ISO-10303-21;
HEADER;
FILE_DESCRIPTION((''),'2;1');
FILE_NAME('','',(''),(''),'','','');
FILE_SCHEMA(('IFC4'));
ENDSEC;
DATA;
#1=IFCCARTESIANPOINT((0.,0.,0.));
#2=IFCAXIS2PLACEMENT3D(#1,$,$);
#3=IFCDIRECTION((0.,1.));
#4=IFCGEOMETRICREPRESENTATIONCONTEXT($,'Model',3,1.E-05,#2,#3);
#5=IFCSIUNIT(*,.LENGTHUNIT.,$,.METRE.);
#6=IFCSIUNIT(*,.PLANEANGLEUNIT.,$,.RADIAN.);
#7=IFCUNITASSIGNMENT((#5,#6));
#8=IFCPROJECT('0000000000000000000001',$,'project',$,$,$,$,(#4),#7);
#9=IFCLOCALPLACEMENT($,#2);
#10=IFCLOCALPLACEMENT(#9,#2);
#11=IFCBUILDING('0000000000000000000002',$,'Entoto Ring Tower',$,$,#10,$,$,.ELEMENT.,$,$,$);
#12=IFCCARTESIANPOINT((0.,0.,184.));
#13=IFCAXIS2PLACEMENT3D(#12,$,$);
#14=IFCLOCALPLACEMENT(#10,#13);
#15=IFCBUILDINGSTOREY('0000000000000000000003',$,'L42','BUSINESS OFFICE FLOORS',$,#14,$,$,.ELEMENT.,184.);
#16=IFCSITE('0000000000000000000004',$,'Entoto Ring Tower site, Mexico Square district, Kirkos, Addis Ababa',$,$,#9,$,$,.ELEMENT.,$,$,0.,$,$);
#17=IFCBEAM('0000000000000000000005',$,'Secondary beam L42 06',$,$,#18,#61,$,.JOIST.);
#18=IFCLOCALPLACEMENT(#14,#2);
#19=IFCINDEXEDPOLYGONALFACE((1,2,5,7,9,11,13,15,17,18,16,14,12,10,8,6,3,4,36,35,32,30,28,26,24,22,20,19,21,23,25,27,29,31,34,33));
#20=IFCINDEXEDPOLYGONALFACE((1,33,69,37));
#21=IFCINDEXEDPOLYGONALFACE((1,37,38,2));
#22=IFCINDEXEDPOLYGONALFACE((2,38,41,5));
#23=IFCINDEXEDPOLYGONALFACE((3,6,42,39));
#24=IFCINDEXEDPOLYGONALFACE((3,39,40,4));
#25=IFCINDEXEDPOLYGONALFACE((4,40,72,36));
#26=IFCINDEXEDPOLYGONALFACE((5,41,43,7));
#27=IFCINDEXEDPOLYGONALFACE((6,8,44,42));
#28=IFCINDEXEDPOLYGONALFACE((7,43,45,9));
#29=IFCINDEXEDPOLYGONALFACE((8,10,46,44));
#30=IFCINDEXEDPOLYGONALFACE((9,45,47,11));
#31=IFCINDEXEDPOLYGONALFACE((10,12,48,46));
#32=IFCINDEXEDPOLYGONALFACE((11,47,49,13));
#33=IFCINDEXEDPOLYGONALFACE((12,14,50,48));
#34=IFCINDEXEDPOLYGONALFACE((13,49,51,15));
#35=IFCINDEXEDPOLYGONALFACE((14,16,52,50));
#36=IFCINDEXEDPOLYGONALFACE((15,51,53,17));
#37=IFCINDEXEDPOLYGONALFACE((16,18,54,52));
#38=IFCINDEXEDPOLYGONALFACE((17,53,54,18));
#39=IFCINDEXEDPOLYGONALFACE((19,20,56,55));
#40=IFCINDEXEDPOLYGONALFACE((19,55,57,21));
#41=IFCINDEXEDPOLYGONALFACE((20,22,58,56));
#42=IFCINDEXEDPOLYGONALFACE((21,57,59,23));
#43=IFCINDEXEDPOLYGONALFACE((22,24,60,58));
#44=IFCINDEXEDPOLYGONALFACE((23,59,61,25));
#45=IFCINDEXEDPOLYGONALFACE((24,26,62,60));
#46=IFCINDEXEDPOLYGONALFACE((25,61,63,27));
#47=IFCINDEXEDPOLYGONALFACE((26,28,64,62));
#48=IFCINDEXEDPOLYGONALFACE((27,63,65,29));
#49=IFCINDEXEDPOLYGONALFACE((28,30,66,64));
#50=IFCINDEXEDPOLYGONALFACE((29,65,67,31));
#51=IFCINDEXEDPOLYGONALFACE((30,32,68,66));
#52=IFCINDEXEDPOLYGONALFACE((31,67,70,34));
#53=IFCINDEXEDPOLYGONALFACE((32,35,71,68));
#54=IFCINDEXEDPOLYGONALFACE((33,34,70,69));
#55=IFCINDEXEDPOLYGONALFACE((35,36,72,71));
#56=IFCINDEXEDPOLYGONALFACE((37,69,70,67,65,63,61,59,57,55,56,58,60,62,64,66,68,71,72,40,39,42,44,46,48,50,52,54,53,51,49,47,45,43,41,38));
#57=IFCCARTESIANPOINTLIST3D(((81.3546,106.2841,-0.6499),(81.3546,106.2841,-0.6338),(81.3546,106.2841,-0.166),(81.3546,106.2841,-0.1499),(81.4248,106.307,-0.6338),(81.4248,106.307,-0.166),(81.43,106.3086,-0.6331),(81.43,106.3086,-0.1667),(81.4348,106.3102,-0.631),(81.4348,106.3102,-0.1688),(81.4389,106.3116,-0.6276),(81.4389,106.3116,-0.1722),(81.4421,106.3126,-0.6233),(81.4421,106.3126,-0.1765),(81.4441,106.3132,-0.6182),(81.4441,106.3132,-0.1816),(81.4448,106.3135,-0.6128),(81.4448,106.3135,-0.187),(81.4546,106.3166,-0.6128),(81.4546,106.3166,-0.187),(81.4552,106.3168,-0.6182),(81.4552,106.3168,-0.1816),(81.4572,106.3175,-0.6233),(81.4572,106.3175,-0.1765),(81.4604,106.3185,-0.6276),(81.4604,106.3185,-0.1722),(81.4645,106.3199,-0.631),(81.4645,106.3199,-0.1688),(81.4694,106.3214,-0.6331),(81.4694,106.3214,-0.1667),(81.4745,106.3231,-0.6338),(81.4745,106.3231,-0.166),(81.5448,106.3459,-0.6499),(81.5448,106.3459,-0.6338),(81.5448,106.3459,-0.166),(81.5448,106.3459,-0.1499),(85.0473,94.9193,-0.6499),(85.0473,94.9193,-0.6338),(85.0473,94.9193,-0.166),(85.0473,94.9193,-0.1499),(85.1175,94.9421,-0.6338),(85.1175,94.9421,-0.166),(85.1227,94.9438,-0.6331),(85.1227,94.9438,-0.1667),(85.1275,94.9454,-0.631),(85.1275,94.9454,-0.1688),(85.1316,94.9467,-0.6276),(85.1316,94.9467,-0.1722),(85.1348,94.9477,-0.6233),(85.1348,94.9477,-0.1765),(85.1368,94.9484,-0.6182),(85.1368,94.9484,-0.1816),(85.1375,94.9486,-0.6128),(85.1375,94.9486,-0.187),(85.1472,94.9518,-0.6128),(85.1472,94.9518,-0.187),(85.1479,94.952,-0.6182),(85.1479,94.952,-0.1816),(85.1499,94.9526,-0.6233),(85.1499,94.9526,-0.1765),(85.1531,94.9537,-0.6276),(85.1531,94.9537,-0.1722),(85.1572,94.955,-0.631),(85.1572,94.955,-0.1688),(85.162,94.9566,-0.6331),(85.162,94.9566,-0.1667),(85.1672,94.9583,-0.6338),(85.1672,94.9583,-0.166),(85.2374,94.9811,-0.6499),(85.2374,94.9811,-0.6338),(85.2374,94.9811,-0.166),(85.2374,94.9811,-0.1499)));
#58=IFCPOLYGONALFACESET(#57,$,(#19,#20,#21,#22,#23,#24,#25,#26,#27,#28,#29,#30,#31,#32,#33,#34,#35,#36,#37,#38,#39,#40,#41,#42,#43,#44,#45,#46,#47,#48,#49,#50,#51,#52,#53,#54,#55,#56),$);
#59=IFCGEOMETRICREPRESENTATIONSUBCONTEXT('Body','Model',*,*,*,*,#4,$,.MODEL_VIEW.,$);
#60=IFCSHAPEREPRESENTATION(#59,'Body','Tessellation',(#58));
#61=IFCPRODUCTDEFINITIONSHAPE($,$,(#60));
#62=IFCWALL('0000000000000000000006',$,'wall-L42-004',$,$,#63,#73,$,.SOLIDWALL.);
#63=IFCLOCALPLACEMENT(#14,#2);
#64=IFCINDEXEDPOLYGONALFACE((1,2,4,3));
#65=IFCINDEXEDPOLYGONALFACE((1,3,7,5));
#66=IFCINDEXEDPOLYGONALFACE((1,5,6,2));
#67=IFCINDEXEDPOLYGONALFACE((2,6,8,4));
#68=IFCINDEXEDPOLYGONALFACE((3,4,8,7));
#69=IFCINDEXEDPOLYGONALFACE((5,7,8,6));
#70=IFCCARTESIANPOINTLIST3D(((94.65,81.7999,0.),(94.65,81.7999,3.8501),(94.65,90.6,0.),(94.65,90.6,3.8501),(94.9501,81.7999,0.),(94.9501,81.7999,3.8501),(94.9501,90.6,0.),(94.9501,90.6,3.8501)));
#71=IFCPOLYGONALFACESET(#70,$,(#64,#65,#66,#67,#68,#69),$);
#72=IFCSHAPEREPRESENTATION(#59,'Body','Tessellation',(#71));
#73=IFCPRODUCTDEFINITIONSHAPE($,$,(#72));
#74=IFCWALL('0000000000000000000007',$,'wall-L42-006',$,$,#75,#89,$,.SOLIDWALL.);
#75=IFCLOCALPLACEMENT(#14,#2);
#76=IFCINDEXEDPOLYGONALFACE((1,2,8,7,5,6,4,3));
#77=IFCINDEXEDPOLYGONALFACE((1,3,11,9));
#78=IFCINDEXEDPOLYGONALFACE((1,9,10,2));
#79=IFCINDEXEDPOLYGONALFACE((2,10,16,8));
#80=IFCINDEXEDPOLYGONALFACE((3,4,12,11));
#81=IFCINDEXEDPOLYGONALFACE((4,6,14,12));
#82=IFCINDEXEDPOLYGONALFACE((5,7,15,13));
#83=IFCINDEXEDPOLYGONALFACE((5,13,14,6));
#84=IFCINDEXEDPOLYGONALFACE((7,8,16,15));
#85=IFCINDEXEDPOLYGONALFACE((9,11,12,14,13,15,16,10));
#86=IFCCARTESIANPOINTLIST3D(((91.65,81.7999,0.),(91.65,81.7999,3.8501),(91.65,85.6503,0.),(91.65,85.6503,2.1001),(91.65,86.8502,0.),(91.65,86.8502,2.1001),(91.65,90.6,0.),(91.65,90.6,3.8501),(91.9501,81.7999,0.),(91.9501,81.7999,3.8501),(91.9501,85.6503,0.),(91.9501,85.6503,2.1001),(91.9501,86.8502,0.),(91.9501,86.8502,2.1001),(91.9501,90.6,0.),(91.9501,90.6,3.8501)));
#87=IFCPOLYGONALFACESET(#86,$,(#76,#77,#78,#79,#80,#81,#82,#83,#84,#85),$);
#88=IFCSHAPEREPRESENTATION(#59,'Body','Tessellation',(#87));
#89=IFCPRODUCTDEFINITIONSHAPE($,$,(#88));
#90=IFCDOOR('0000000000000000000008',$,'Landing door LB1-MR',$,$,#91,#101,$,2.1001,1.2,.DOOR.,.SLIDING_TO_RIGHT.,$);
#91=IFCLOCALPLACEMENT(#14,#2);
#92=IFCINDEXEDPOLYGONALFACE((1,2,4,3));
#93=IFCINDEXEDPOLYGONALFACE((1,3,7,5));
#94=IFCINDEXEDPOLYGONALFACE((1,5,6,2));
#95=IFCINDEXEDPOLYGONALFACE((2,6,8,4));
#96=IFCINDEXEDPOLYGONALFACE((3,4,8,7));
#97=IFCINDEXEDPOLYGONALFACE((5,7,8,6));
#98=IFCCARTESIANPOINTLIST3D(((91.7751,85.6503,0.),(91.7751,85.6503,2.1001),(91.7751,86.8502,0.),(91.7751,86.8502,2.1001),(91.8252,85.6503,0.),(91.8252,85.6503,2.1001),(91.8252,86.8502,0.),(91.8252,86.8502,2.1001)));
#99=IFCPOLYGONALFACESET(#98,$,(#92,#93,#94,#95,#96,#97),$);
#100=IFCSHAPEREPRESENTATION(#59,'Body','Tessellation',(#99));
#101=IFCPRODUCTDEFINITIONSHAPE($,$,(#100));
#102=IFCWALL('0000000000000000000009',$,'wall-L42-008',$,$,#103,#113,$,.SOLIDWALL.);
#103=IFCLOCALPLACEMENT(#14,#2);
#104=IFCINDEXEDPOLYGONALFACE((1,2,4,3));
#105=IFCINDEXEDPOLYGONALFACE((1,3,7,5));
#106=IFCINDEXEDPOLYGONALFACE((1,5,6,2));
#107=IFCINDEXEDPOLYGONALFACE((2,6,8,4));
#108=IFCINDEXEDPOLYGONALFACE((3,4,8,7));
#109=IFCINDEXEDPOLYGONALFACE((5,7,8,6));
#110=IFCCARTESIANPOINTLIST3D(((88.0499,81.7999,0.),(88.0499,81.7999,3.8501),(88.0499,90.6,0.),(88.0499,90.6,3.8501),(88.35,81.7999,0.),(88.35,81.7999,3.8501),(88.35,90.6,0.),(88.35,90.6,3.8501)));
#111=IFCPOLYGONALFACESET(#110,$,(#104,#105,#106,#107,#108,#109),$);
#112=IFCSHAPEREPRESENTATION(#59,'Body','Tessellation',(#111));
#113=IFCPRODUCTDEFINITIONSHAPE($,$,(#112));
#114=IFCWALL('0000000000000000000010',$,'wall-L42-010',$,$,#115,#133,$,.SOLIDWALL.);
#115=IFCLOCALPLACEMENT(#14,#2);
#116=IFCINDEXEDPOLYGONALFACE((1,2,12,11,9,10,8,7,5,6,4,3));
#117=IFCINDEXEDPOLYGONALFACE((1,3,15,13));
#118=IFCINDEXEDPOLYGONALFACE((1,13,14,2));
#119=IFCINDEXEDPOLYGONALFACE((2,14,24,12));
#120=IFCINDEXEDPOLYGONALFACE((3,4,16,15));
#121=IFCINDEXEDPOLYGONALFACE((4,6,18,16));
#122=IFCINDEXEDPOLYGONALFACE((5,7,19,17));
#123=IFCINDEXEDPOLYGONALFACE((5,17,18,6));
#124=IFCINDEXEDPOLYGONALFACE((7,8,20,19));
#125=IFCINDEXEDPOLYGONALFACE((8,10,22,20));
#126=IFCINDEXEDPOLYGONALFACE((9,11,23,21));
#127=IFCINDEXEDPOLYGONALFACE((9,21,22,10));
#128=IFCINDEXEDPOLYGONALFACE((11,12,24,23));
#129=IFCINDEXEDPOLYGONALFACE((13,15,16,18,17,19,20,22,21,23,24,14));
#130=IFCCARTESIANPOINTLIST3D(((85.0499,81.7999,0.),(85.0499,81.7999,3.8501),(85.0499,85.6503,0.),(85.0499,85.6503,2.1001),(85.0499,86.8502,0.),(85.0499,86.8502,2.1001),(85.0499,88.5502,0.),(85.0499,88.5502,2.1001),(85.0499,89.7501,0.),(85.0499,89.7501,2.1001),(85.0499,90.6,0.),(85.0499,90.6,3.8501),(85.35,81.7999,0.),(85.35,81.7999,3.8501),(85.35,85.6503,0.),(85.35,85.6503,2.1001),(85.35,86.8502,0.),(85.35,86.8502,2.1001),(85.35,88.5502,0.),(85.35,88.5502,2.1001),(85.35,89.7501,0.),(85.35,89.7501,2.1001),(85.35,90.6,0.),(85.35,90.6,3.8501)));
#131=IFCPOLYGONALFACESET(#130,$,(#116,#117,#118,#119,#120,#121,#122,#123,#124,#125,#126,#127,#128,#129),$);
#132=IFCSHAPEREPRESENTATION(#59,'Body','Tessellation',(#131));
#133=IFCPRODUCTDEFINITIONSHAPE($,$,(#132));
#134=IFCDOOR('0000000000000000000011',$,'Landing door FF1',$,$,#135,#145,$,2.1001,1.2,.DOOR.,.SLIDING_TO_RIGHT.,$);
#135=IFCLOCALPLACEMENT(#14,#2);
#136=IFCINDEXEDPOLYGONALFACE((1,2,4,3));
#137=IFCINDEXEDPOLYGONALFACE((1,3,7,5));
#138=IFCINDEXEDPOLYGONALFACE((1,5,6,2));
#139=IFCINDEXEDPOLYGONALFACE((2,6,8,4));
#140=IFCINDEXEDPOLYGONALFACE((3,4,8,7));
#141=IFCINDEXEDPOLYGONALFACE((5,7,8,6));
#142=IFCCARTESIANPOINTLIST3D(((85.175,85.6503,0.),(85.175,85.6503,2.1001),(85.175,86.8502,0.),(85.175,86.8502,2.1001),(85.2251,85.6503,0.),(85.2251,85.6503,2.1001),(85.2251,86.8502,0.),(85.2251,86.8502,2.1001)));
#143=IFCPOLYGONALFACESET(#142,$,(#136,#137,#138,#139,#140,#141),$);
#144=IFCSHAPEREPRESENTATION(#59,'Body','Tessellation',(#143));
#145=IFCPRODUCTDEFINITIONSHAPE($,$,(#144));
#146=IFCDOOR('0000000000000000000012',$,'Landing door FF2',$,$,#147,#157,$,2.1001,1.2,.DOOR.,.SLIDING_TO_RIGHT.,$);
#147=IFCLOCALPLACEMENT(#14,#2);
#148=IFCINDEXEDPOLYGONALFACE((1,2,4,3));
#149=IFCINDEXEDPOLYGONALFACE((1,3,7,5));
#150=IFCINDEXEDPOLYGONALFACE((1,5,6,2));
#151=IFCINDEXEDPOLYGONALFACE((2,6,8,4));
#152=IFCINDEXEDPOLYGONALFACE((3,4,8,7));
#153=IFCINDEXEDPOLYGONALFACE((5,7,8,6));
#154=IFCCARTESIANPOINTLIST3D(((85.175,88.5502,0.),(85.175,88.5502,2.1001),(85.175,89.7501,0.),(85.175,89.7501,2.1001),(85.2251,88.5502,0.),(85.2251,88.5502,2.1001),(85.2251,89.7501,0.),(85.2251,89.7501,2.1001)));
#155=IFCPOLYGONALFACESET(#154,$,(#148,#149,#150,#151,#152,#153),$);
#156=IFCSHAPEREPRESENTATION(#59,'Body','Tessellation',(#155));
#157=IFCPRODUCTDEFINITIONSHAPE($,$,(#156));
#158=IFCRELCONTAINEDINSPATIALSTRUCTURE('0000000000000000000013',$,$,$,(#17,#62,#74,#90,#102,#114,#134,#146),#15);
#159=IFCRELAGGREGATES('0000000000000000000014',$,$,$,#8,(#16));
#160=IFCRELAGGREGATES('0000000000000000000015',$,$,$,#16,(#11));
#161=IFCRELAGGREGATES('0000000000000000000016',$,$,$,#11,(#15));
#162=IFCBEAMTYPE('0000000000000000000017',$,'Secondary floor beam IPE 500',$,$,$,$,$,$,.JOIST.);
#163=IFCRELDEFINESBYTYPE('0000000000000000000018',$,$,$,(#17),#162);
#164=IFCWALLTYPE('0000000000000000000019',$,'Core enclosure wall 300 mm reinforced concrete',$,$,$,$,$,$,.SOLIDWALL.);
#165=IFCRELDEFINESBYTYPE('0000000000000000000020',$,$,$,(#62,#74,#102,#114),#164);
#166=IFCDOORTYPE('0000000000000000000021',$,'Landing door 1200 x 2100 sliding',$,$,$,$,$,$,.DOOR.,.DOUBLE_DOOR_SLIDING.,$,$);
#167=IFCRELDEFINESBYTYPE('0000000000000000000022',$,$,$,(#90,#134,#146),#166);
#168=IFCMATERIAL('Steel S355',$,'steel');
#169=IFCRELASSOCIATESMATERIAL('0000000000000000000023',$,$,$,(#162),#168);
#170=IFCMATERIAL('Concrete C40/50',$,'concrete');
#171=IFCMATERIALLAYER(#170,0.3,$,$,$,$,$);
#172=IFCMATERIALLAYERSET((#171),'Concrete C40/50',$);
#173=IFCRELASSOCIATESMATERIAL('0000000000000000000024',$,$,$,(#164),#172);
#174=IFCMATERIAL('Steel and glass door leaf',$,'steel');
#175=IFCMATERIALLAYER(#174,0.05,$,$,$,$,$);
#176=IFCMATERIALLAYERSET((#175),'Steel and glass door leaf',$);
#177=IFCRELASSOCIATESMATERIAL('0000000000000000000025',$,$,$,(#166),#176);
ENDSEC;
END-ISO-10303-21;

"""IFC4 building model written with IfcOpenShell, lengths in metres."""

from ifc_helpers import new_model, si_unit, direction, frame, frame_2d, origin, origin_2d, place, context, subcontext, project, spatial, rectangle, i_section, extrude, material, layer, layer_set, material_profile, profile_set, type_object, element, fill, save


model = new_model("IFC4")

# Units and contexts
model_context = context("Model", 3, precision=1e-05, world=origin(), true_north=direction((0.0, 1.0)))
body_context = subcontext(model_context, "Body", "Model", "MODEL_VIEW")
ifc_project = project(units=[si_unit("LENGTHUNIT", "METRE"), si_unit("PLANEANGLEUNIT", "RADIAN")], contexts=[model_context])

# Site, building, storey
site_placement = place(None, origin())
site = spatial("IfcSite", under=ifc_project, at=site_placement, Name="Entoto Ring Tower site, Mexico Square district, Kirkos, Addis Ababa", CompositionType="ELEMENT", RefElevation=0.0)
building_placement = place(site_placement, origin())
building = spatial("IfcBuilding", under=site, at=building_placement, Name="Entoto Ring Tower", CompositionType="ELEMENT")
storey_placement = place(building_placement, frame((0.0, 0.0, 184.0)))
storey = spatial("IfcBuildingStorey", under=building, at=storey_placement, Name="L42", Description="BUSINESS OFFICE FLOORS", CompositionType="ELEMENT", Elevation=184.0)

# Beam
ifc_material_1 = material(Name="Steel S355", Category="steel")
ifc_material_profile_1 = material_profile(ifc_material_1, i_section(OverallWidth=0.2, OverallDepth=0.5, WebThickness=0.0103, FlangeThickness=0.0161, FilletRadius=0.021, at=origin_2d()), Name="IPE 500")
ifc_profile_set_1 = profile_set([ifc_material_profile_1], Name="Steel S355")
beam_type_1 = type_object("IfcBeamType", Name="Secondary floor beam IPE 500", PredefinedType="JOIST", material=ifc_profile_set_1)
beam_1_placement = place(storey_placement, frame((85.1423, 94.9502, -0.3999), z_axis=(-0.309017, 0.951057, 0.0), x_axis=(-0.951057, -0.309017, 0.0)))
element("IfcBeam", 1, at=beam_1_placement, inside=storey, type_object=beam_type_1, Name="Secondary beam L42 06", PredefinedType="JOIST", context=body_context, shape_type="SweptSolid", body=[
    extrude(i_section(OverallWidth=0.2, OverallDepth=0.5, WebThickness=0.0103, FlangeThickness=0.0161, FilletRadius=0.021, at=origin_2d()), origin(), (0.0, 0.0, 1.0), 11.9497),
])

# Wall
ifc_material_2 = material(Name="Concrete C40/50", Category="concrete")
ifc_layer_1 = layer(ifc_material_2, 0.3)
ifc_layer_set_1 = layer_set([ifc_layer_1], Name="Concrete C40/50")
wall_type_1 = type_object("IfcWallType", Name="Core enclosure wall 300 mm reinforced concrete", PredefinedType="SOLIDWALL", material=ifc_layer_set_1)
wall_1_placement = place(storey_placement, frame((94.8, 81.8, 0.0), z_axis=(0.0, 0.0, 1.0), x_axis=(0.0, 1.0, 0.0)))
element("IfcWall", 2, at=wall_1_placement, inside=storey, type_object=wall_type_1, Name="wall-L42-004", PredefinedType="SOLIDWALL", context=body_context, shape_type="SweptSolid", body=[
    extrude(rectangle(XDim=8.8, YDim=0.3, at=frame_2d((4.3999, 0.0))), origin(), (0.0, 0.0, 1.0), 3.8501),
])

# Wall, opening, door
wall_2_placement = place(storey_placement, frame((91.8, 81.8, 0.0), z_axis=(0.0, 0.0, 1.0), x_axis=(0.0, 1.0, 0.0)))
wall_2 = element("IfcWall", 3, at=wall_2_placement, inside=storey, type_object=wall_type_1, Name="wall-L42-006", PredefinedType="SOLIDWALL", context=body_context, shape_type="SweptSolid", body=[
    extrude(rectangle(XDim=8.8, YDim=0.3, at=frame_2d((4.3999, 0.0))), origin(), (0.0, 0.0, 1.0), 3.8501),
])
opening_1_placement = place(wall_2_placement, frame((3.8501, 0.0, 0.0)))
opening_1 = element("IfcOpeningElement", 4, at=opening_1_placement, cuts=wall_2, PredefinedType="OPENING", context=body_context, shape_type="SweptSolid", body=[
    extrude(rectangle(XDim=1.2, YDim=2.1001, at=frame_2d((0.6001, 1.05))), frame((0.0, 0.1602, 0.0), z_axis=(0.0, -1.0, 0.0), x_axis=(1.0, 0.0, 0.0)), (0.0, 0.0, 1.0), 0.3201),
])
ifc_material_3 = material(Name="Steel and glass door leaf", Category="steel")
ifc_layer_2 = layer(ifc_material_3, 0.05)
ifc_layer_set_2 = layer_set([ifc_layer_2], Name="Steel and glass door leaf")
door_type_1 = type_object("IfcDoorType", Name="Landing door 1200 x 2100 sliding", OperationType="DOUBLE_DOOR_SLIDING", PredefinedType="DOOR", material=ifc_layer_set_2)
door_1_placement = place(opening_1_placement, origin())
door_1 = element("IfcDoor", 5, at=door_1_placement, inside=storey, type_object=door_type_1, Name="Landing door LB1-MR", OperationType="SLIDING_TO_RIGHT", OverallHeight=2.1001, OverallWidth=1.2, PredefinedType="DOOR", context=body_context, shape_type="SweptSolid", body=[
    extrude(rectangle(XDim=1.2, YDim=2.1001, at=frame_2d((0.6001, 1.05))), frame((0.0, 0.0249, 0.0), z_axis=(0.0, -1.0, 0.0), x_axis=(1.0, 0.0, 0.0)), (0.0, 0.0, 1.0), 0.05),
])
fill(opening_1, door_1)

# Wall
wall_3_placement = place(storey_placement, frame((88.2, 81.8, 0.0), z_axis=(0.0, 0.0, 1.0), x_axis=(0.0, 1.0, 0.0)))
element("IfcWall", 6, at=wall_3_placement, inside=storey, type_object=wall_type_1, Name="wall-L42-008", PredefinedType="SOLIDWALL", context=body_context, shape_type="SweptSolid", body=[
    extrude(rectangle(XDim=8.8, YDim=0.3, at=frame_2d((4.3999, 0.0))), origin(), (0.0, 0.0, 1.0), 3.8501),
])

# Wall, openings, doors
wall_4_placement = place(storey_placement, frame((85.2, 81.8, 0.0), z_axis=(0.0, 0.0, 1.0), x_axis=(0.0, 1.0, 0.0)))
wall_4 = element("IfcWall", 7, at=wall_4_placement, inside=storey, type_object=wall_type_1, Name="wall-L42-010", PredefinedType="SOLIDWALL", context=body_context, shape_type="SweptSolid", body=[
    extrude(rectangle(XDim=8.8, YDim=0.3, at=frame_2d((4.3999, 0.0))), origin(), (0.0, 0.0, 1.0), 3.8501),
])
opening_2_placement = place(wall_4_placement, frame((3.8501, 0.0, 0.0)))
opening_2 = element("IfcOpeningElement", 8, at=opening_2_placement, cuts=wall_4, PredefinedType="OPENING", context=body_context, shape_type="SweptSolid", body=[
    extrude(rectangle(XDim=1.2, YDim=2.1001, at=frame_2d((0.6001, 1.05))), frame((0.0, 0.1602, 0.0), z_axis=(0.0, -1.0, 0.0), x_axis=(1.0, 0.0, 0.0)), (0.0, 0.0, 1.0), 0.3201),
])
opening_3_placement = place(wall_4_placement, frame((6.75, 0.0, 0.0)))
opening_3 = element("IfcOpeningElement", 9, at=opening_3_placement, cuts=wall_4, PredefinedType="OPENING", context=body_context, shape_type="SweptSolid", body=[
    extrude(rectangle(XDim=1.2, YDim=2.1001, at=frame_2d((0.6001, 1.05))), frame((0.0, 0.1602, 0.0), z_axis=(0.0, -1.0, 0.0), x_axis=(1.0, 0.0, 0.0)), (0.0, 0.0, 1.0), 0.3201),
])
door_2_placement = place(opening_2_placement, origin())
door_2 = element("IfcDoor", 10, at=door_2_placement, inside=storey, type_object=door_type_1, Name="Landing door FF1", OperationType="SLIDING_TO_RIGHT", OverallHeight=2.1001, OverallWidth=1.2, PredefinedType="DOOR", context=body_context, shape_type="SweptSolid", body=[
    extrude(rectangle(XDim=1.2, YDim=2.1001, at=frame_2d((0.6001, 1.05))), frame((0.0, 0.0249, 0.0), z_axis=(0.0, -1.0, 0.0), x_axis=(1.0, 0.0, 0.0)), (0.0, 0.0, 1.0), 0.05),
])
fill(opening_2, door_2)
door_3_placement = place(opening_3_placement, origin())
door_3 = element("IfcDoor", 11, at=door_3_placement, inside=storey, type_object=door_type_1, Name="Landing door FF2", OperationType="SLIDING_TO_RIGHT", OverallHeight=2.1001, OverallWidth=1.2, PredefinedType="DOOR", context=body_context, shape_type="SweptSolid", body=[
    extrude(rectangle(XDim=1.2, YDim=2.1001, at=frame_2d((0.6001, 1.05))), frame((0.0, 0.0249, 0.0), z_axis=(0.0, -1.0, 0.0), x_axis=(1.0, 0.0, 0.0)), (0.0, 0.0, 1.0), 0.05),
])
fill(opening_3, door_3)

save(model, "model.ifc")
